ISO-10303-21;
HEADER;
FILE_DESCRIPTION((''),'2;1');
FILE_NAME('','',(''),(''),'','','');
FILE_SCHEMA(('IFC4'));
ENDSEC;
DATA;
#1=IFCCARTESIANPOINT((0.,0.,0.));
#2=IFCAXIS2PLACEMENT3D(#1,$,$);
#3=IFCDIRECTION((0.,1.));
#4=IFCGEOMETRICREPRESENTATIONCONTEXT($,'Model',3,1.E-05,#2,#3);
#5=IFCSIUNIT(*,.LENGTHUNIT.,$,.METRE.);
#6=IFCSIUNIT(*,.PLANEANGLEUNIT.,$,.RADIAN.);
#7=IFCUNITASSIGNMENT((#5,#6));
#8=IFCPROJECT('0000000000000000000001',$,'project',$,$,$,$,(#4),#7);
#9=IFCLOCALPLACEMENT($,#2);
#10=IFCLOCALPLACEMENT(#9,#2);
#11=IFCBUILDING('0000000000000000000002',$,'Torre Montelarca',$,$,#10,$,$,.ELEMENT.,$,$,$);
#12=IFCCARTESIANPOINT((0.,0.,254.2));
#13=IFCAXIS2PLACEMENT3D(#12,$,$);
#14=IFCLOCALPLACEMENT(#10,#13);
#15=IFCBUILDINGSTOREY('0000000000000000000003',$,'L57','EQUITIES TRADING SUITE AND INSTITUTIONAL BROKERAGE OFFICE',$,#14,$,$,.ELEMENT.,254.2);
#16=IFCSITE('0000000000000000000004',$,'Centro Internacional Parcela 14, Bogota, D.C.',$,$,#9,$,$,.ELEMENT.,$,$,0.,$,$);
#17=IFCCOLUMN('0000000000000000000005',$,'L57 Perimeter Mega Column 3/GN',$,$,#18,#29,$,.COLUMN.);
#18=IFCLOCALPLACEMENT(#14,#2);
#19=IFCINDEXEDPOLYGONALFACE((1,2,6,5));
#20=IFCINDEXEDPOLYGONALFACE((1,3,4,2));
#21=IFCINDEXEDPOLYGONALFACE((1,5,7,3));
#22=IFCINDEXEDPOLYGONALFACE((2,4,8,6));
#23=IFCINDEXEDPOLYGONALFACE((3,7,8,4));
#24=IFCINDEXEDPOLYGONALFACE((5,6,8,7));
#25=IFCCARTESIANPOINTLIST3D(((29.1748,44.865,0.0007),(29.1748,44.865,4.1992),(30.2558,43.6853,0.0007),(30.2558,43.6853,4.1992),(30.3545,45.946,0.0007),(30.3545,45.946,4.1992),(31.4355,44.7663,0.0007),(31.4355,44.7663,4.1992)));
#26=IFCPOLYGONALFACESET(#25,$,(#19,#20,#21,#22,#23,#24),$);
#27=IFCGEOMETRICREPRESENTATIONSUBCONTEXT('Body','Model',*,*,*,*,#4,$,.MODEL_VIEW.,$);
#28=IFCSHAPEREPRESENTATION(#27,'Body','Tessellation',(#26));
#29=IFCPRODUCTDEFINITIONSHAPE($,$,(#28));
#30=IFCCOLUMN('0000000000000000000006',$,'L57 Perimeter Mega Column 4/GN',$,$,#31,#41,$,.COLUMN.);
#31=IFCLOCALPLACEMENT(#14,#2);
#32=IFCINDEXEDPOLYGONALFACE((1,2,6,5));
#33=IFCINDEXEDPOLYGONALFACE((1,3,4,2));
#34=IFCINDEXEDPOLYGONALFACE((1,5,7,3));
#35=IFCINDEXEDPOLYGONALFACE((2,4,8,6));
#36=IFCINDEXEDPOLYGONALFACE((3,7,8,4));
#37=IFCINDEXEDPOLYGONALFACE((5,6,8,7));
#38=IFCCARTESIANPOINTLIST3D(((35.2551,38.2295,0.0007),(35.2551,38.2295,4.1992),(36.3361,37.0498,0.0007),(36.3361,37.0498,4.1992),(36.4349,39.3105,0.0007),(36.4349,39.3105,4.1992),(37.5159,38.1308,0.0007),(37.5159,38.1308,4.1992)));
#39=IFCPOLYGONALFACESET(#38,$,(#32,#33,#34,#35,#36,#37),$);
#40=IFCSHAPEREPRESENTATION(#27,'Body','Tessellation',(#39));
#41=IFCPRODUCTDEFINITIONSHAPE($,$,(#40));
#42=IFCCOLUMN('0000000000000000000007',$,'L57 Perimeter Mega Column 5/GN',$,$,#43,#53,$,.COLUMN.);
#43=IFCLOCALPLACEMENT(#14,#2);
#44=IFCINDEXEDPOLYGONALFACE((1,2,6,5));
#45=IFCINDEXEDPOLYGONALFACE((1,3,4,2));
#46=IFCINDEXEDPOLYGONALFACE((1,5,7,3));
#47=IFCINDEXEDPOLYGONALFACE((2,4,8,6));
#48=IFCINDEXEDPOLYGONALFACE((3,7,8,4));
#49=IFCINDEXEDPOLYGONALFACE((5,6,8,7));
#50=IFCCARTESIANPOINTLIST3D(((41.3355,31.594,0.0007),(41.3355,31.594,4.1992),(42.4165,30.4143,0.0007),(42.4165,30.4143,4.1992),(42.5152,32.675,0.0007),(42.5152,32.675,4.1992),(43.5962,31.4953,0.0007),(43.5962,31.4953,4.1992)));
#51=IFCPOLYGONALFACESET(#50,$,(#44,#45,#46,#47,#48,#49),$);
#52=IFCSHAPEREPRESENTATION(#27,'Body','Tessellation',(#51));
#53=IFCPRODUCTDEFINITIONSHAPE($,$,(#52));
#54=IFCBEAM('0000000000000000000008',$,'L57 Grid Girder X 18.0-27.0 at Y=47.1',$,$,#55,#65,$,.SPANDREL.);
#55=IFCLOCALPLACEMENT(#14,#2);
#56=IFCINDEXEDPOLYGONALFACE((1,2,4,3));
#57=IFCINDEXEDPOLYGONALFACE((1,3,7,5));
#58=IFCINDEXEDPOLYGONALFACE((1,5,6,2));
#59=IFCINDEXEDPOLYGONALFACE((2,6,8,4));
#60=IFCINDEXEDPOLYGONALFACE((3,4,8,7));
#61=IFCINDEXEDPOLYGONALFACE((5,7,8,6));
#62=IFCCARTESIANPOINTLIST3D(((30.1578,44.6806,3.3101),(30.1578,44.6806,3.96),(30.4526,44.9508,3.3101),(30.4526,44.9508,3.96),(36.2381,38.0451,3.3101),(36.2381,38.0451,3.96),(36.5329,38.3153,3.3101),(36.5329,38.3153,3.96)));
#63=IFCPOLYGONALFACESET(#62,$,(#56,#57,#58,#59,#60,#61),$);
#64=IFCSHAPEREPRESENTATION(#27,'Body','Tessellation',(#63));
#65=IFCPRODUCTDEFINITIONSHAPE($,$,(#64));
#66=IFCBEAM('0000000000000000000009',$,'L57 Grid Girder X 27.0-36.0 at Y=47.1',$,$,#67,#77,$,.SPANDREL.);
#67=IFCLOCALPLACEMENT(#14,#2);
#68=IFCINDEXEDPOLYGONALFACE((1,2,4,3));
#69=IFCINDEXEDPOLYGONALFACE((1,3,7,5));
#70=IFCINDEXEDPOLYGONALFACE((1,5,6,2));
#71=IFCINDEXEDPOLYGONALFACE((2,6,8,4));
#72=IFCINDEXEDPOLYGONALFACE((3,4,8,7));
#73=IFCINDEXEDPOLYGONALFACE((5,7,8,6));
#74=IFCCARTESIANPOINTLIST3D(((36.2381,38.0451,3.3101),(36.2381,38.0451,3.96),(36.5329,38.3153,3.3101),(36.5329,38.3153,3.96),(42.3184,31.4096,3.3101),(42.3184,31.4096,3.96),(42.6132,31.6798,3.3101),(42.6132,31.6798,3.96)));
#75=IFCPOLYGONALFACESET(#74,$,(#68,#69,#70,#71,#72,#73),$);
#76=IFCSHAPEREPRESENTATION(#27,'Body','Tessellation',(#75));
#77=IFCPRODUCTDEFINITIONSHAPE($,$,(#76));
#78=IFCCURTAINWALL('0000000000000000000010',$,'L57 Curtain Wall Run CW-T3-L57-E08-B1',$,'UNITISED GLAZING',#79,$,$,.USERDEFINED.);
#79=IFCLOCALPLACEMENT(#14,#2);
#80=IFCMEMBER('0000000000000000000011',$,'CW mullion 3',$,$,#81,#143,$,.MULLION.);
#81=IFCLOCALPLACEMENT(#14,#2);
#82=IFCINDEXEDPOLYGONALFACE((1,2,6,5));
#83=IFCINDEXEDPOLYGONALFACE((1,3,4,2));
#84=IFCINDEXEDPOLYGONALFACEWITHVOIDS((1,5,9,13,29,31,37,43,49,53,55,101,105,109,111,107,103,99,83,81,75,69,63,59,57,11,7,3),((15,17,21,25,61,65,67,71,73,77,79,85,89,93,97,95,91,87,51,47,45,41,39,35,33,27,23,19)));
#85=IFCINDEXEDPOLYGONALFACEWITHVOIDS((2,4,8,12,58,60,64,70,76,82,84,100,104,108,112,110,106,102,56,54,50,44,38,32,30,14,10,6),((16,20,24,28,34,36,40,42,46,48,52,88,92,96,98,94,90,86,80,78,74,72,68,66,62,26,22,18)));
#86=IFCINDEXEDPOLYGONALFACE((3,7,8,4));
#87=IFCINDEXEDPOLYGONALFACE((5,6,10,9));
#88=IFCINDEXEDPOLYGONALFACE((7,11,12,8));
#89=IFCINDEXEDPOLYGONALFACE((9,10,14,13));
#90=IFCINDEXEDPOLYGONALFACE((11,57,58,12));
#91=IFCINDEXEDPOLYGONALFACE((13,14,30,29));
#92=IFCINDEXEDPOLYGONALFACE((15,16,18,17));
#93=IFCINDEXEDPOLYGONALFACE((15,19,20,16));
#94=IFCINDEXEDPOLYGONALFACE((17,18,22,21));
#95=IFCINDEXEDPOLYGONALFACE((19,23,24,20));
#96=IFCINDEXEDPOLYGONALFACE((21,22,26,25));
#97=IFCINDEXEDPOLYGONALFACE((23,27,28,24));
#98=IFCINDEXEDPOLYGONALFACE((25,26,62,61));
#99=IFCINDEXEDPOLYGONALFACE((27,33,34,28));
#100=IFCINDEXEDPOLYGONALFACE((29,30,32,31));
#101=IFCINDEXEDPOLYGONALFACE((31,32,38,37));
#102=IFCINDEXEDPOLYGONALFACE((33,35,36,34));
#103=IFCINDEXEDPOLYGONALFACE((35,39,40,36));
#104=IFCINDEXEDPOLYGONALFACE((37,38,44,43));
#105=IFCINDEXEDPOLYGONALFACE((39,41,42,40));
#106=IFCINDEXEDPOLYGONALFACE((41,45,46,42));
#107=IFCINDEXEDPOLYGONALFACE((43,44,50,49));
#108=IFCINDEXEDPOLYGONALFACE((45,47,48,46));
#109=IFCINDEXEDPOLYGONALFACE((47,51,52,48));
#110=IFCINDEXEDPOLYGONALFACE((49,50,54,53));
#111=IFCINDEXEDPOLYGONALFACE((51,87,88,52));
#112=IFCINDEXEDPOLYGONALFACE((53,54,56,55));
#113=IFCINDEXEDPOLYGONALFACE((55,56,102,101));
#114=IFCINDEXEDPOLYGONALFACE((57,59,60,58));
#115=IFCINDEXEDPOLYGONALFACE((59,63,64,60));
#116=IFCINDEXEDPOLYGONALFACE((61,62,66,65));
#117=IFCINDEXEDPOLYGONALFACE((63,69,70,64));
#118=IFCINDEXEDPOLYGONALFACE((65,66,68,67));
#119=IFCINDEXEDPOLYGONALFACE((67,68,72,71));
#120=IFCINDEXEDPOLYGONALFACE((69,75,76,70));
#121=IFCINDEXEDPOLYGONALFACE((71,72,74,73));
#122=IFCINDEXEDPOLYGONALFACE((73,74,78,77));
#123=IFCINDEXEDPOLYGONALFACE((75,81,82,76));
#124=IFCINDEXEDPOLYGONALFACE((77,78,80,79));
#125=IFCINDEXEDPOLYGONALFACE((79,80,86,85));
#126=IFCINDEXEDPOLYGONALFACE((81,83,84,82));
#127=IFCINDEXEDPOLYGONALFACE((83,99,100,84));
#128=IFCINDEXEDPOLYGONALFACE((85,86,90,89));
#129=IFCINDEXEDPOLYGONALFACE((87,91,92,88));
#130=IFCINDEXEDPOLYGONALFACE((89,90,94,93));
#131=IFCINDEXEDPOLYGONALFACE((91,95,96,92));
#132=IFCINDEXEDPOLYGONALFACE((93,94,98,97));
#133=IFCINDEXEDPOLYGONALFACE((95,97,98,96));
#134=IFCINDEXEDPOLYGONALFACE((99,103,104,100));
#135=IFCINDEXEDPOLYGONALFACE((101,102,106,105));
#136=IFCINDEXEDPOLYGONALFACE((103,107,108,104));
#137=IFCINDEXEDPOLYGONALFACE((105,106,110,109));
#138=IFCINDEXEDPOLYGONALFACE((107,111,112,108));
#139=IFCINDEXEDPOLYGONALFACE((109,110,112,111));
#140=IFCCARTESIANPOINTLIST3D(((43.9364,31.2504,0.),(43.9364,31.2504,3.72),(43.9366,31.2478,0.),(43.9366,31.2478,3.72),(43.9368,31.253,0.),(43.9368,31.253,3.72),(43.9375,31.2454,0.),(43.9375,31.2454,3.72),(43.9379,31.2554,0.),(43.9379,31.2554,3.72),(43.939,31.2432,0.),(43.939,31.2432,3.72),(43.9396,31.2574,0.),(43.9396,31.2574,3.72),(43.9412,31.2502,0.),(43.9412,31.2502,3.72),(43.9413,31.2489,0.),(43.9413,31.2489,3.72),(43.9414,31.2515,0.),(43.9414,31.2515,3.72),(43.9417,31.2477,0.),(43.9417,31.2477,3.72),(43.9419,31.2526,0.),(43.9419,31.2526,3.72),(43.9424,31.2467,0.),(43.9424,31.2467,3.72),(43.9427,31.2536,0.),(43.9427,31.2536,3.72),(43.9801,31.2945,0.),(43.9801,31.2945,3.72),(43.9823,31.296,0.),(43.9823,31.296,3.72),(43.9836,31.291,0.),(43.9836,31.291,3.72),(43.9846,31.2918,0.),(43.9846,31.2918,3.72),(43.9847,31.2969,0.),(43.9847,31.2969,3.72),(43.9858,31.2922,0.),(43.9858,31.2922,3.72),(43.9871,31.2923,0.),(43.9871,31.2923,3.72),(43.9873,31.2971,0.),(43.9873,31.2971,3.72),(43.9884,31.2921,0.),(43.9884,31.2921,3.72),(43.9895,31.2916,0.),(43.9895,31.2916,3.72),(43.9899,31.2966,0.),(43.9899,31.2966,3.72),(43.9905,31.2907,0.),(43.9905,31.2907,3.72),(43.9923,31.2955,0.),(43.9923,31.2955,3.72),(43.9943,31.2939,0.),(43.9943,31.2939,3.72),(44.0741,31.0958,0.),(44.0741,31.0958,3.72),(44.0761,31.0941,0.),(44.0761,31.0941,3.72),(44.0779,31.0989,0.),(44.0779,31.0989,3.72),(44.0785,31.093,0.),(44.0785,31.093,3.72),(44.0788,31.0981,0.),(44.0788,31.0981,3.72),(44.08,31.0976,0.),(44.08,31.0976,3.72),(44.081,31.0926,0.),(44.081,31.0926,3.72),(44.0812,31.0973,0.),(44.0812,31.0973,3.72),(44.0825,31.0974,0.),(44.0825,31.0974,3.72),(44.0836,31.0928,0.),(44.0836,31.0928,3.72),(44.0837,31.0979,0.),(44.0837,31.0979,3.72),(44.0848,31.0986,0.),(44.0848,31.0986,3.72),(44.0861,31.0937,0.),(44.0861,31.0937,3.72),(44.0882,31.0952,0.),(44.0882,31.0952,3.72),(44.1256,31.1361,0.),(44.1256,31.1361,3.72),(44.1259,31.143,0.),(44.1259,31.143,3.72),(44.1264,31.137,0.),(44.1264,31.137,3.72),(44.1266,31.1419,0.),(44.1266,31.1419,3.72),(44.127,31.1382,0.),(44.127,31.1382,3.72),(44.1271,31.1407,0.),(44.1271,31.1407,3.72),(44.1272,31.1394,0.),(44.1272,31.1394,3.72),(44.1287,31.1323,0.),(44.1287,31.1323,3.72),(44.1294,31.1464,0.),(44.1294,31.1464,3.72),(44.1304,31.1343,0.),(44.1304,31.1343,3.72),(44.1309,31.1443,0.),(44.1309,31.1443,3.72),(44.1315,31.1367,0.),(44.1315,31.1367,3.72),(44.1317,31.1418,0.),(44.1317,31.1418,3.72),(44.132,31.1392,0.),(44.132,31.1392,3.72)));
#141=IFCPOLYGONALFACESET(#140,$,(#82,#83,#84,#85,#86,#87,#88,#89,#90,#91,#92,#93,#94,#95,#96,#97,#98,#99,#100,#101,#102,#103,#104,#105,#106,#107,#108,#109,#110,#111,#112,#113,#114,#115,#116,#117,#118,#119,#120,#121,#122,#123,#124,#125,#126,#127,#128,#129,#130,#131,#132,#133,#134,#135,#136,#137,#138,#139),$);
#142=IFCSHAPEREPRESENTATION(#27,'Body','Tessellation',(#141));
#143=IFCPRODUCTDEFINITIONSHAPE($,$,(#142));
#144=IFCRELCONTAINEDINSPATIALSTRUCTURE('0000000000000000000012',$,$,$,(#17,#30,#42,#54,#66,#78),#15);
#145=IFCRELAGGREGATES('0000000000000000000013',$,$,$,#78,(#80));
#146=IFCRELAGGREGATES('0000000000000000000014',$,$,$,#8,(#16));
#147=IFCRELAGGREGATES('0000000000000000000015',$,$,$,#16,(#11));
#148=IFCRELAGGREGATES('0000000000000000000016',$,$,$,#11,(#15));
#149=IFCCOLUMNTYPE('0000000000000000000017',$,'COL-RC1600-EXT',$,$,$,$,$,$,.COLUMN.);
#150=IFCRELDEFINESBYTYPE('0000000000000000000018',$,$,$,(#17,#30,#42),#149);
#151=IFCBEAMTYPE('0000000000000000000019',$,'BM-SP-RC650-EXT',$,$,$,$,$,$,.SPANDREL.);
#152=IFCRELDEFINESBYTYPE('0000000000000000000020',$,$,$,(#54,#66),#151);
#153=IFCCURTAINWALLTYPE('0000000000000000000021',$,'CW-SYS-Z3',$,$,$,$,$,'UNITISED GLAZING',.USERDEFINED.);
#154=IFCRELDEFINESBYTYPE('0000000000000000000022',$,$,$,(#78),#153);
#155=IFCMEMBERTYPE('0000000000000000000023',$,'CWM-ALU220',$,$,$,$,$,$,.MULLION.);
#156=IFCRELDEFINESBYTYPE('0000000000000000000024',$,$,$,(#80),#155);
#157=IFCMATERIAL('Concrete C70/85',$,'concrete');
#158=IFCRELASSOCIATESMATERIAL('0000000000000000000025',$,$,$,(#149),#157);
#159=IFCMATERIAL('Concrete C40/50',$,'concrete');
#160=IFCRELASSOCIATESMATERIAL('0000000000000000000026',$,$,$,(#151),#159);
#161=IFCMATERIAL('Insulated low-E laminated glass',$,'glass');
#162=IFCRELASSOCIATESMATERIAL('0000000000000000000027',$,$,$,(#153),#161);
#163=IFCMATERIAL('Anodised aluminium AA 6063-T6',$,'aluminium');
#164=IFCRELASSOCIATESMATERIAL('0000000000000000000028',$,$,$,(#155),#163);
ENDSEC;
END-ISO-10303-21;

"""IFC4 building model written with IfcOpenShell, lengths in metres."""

from ifc_helpers import new_model, si_unit, direction, frame, origin, origin_2d, place, context, subcontext, project, spatial, rectangle, hollow_rectangle, extrude, source, transform, mapped, material, material_profile, profile_set, type_object, element, aggregate, save


model = new_model("IFC4")

# Units and contexts
model_context = context("Model", 3, precision=1e-05, world=origin(), true_north=direction((0.0, 1.0)))
body_context = subcontext(model_context, "Body", "Model", "MODEL_VIEW")
ifc_project = project(units=[si_unit("LENGTHUNIT", "METRE"), si_unit("PLANEANGLEUNIT", "RADIAN")], contexts=[model_context])

# Site, building, storey
site_placement = place(None, origin())
site = spatial("IfcSite", under=ifc_project, at=site_placement, Name="Centro Internacional Parcela 14, Bogota, D.C.", CompositionType="ELEMENT", RefElevation=0.0)
building_placement = place(site_placement, origin())
building = spatial("IfcBuilding", under=site, at=building_placement, Name="Torre Montelarca", CompositionType="ELEMENT")
storey_placement = place(building_placement, frame((0.0, 0.0, 254.2)))
storey = spatial("IfcBuildingStorey", under=building, at=storey_placement, Name="L57", Description="EQUITIES TRADING SUITE AND INSTITUTIONAL BROKERAGE OFFICE", CompositionType="ELEMENT", Elevation=254.2)

# Columns
ifc_material_1 = material(Name="Concrete C70/85", Category="concrete")
ifc_material_profile_1 = material_profile(ifc_material_1, rectangle(XDim=1.6001, YDim=1.6001, at=origin_2d()), Name="RC1600X1600", Category="concrete")
ifc_profile_set_1 = profile_set([ifc_material_profile_1], Name="Concrete C70/85")
column_type = type_object("IfcColumnType", Name="COL-RC1600-EXT", PredefinedType="COLUMN", material=ifc_profile_set_1)
shared_shape_1 = source(origin(), body_context, "Body", "SweptSolid", [
    extrude(rectangle(XDim=1.6001, YDim=1.6001, at=origin_2d()), origin(), (0.0, 0.0, 1.0), 4.1985),
])
for number, where, z_axis, x_axis, name in (
    (1, (30.3052, 44.8157, 0.0007), (0.0, 0.0, 1.0), (-0.67559, 0.737277, 0.0), "L57 Perimeter Mega Column 3/GN"),
    (2, (36.3855, 38.1802, 0.0007), (0.0, 0.0, 1.0), (-0.67559, 0.737277, 0.0), "L57 Perimeter Mega Column 4/GN"),
    (3, (42.4658, 31.5447, 0.0007), (0.0, 0.0, 1.0), (-0.67559, 0.737277, 0.0), "L57 Perimeter Mega Column 5/GN"),
):
    element("IfcColumn", number, at=place(storey_placement, frame(where, z_axis=z_axis, x_axis=x_axis)), inside=storey, type_object=column_type, Name=name, PredefinedType="COLUMN", context=body_context, shape_type="MappedRepresentation", body=[
        mapped(shared_shape_1, transform((0.0, 0.0, 0.0), scale=1.0)),
    ])

# Beams
ifc_material_2 = material(Name="Concrete C40/50", Category="concrete")
ifc_material_profile_2 = material_profile(ifc_material_2, rectangle(XDim=0.3999, YDim=0.6499, at=origin_2d()), Name="RCB400X650", Category="concrete")
ifc_profile_set_2 = profile_set([ifc_material_profile_2], Name="Concrete C40/50")
beam_type = type_object("IfcBeamType", Name="BM-SP-RC650-EXT", PredefinedType="SPANDREL", material=ifc_profile_set_2)
shared_shape_2 = source(origin(), body_context, "Body", "SweptSolid", [
    extrude(rectangle(XDim=0.3999, YDim=0.6499, at=origin_2d()), origin(), (0.0, 0.0, 1.0), 9.0),
])
for number, where, z_axis, x_axis, name in (
    (4, (30.3052, 44.8157, 3.635), (0.675591, -0.737277, 0.0), (0.737277, 0.675591, 0.0), "L57 Grid Girder X 18.0-27.0 at Y=47.1"),
    (5, (36.3855, 38.1802, 3.635), (0.675591, -0.737277, 0.0), (0.737277, 0.675591, 0.0), "L57 Grid Girder X 27.0-36.0 at Y=47.1"),
):
    element("IfcBeam", number, at=place(storey_placement, frame(where, z_axis=z_axis, x_axis=x_axis)), inside=storey, type_object=beam_type, Name=name, PredefinedType="SPANDREL", context=body_context, shape_type="MappedRepresentation", body=[
        mapped(shared_shape_2, transform((0.0, 0.0, 0.0), scale=1.0)),
    ])

# Curtain wall, member
ifc_material_3 = material(Name="Insulated low-E laminated glass", Category="glass")
curtain_wall_type = type_object("IfcCurtainWallType", Name="CW-SYS-Z3", ElementType="UNITISED GLAZING", PredefinedType="USERDEFINED", material=ifc_material_3)
curtain_wall_1_placement = place(storey_placement, origin())
curtain_wall_1 = element("IfcCurtainWall", 6, at=curtain_wall_1_placement, inside=storey, type_object=curtain_wall_type, Name="L57 Curtain Wall Run CW-T3-L57-E08-B1", ObjectType="UNITISED GLAZING", PredefinedType="USERDEFINED")
ifc_material_4 = material(Name="Anodised aluminium AA 6063-T6", Category="aluminium")
ifc_material_profile_3 = material_profile(ifc_material_4, hollow_rectangle(XDim=0.075, YDim=0.22, WallThickness=0.0049, InnerFilletRadius=0.0049, OuterFilletRadius=0.01, at=origin_2d()), Name="ALU75X220X5", Category="aluminium")
ifc_profile_set_3 = profile_set([ifc_material_profile_3], Name="Anodised aluminium AA 6063-T6")
member_type_1 = type_object("IfcMemberType", Name="CWM-ALU220", PredefinedType="MULLION", material=ifc_profile_set_3)
shared_shape_3 = source(origin(), body_context, "Body", "SweptSolid", [
    extrude(hollow_rectangle(XDim=0.075, YDim=0.22, WallThickness=0.0049, InnerFilletRadius=0.0049, OuterFilletRadius=0.01, at=origin_2d()), origin(), (0.0, 0.0, 1.0), 3.72),
])
member_1_placement = place(storey_placement, frame((44.0342, 31.1948, 0.0), z_axis=(0.0, 0.0, 1.0), x_axis=(-0.737286, -0.67558, 0.0)))
member_1 = element("IfcMember", 7, at=member_1_placement, type_object=member_type_1, Name="CW mullion 3", PredefinedType="MULLION", context=body_context, shape_type="MappedRepresentation", body=[
    mapped(shared_shape_3, transform((0.0, 0.0, 0.0), scale=1.0)),
])

aggregate(curtain_wall_1, [member_1])

save(model, "model.ifc")
